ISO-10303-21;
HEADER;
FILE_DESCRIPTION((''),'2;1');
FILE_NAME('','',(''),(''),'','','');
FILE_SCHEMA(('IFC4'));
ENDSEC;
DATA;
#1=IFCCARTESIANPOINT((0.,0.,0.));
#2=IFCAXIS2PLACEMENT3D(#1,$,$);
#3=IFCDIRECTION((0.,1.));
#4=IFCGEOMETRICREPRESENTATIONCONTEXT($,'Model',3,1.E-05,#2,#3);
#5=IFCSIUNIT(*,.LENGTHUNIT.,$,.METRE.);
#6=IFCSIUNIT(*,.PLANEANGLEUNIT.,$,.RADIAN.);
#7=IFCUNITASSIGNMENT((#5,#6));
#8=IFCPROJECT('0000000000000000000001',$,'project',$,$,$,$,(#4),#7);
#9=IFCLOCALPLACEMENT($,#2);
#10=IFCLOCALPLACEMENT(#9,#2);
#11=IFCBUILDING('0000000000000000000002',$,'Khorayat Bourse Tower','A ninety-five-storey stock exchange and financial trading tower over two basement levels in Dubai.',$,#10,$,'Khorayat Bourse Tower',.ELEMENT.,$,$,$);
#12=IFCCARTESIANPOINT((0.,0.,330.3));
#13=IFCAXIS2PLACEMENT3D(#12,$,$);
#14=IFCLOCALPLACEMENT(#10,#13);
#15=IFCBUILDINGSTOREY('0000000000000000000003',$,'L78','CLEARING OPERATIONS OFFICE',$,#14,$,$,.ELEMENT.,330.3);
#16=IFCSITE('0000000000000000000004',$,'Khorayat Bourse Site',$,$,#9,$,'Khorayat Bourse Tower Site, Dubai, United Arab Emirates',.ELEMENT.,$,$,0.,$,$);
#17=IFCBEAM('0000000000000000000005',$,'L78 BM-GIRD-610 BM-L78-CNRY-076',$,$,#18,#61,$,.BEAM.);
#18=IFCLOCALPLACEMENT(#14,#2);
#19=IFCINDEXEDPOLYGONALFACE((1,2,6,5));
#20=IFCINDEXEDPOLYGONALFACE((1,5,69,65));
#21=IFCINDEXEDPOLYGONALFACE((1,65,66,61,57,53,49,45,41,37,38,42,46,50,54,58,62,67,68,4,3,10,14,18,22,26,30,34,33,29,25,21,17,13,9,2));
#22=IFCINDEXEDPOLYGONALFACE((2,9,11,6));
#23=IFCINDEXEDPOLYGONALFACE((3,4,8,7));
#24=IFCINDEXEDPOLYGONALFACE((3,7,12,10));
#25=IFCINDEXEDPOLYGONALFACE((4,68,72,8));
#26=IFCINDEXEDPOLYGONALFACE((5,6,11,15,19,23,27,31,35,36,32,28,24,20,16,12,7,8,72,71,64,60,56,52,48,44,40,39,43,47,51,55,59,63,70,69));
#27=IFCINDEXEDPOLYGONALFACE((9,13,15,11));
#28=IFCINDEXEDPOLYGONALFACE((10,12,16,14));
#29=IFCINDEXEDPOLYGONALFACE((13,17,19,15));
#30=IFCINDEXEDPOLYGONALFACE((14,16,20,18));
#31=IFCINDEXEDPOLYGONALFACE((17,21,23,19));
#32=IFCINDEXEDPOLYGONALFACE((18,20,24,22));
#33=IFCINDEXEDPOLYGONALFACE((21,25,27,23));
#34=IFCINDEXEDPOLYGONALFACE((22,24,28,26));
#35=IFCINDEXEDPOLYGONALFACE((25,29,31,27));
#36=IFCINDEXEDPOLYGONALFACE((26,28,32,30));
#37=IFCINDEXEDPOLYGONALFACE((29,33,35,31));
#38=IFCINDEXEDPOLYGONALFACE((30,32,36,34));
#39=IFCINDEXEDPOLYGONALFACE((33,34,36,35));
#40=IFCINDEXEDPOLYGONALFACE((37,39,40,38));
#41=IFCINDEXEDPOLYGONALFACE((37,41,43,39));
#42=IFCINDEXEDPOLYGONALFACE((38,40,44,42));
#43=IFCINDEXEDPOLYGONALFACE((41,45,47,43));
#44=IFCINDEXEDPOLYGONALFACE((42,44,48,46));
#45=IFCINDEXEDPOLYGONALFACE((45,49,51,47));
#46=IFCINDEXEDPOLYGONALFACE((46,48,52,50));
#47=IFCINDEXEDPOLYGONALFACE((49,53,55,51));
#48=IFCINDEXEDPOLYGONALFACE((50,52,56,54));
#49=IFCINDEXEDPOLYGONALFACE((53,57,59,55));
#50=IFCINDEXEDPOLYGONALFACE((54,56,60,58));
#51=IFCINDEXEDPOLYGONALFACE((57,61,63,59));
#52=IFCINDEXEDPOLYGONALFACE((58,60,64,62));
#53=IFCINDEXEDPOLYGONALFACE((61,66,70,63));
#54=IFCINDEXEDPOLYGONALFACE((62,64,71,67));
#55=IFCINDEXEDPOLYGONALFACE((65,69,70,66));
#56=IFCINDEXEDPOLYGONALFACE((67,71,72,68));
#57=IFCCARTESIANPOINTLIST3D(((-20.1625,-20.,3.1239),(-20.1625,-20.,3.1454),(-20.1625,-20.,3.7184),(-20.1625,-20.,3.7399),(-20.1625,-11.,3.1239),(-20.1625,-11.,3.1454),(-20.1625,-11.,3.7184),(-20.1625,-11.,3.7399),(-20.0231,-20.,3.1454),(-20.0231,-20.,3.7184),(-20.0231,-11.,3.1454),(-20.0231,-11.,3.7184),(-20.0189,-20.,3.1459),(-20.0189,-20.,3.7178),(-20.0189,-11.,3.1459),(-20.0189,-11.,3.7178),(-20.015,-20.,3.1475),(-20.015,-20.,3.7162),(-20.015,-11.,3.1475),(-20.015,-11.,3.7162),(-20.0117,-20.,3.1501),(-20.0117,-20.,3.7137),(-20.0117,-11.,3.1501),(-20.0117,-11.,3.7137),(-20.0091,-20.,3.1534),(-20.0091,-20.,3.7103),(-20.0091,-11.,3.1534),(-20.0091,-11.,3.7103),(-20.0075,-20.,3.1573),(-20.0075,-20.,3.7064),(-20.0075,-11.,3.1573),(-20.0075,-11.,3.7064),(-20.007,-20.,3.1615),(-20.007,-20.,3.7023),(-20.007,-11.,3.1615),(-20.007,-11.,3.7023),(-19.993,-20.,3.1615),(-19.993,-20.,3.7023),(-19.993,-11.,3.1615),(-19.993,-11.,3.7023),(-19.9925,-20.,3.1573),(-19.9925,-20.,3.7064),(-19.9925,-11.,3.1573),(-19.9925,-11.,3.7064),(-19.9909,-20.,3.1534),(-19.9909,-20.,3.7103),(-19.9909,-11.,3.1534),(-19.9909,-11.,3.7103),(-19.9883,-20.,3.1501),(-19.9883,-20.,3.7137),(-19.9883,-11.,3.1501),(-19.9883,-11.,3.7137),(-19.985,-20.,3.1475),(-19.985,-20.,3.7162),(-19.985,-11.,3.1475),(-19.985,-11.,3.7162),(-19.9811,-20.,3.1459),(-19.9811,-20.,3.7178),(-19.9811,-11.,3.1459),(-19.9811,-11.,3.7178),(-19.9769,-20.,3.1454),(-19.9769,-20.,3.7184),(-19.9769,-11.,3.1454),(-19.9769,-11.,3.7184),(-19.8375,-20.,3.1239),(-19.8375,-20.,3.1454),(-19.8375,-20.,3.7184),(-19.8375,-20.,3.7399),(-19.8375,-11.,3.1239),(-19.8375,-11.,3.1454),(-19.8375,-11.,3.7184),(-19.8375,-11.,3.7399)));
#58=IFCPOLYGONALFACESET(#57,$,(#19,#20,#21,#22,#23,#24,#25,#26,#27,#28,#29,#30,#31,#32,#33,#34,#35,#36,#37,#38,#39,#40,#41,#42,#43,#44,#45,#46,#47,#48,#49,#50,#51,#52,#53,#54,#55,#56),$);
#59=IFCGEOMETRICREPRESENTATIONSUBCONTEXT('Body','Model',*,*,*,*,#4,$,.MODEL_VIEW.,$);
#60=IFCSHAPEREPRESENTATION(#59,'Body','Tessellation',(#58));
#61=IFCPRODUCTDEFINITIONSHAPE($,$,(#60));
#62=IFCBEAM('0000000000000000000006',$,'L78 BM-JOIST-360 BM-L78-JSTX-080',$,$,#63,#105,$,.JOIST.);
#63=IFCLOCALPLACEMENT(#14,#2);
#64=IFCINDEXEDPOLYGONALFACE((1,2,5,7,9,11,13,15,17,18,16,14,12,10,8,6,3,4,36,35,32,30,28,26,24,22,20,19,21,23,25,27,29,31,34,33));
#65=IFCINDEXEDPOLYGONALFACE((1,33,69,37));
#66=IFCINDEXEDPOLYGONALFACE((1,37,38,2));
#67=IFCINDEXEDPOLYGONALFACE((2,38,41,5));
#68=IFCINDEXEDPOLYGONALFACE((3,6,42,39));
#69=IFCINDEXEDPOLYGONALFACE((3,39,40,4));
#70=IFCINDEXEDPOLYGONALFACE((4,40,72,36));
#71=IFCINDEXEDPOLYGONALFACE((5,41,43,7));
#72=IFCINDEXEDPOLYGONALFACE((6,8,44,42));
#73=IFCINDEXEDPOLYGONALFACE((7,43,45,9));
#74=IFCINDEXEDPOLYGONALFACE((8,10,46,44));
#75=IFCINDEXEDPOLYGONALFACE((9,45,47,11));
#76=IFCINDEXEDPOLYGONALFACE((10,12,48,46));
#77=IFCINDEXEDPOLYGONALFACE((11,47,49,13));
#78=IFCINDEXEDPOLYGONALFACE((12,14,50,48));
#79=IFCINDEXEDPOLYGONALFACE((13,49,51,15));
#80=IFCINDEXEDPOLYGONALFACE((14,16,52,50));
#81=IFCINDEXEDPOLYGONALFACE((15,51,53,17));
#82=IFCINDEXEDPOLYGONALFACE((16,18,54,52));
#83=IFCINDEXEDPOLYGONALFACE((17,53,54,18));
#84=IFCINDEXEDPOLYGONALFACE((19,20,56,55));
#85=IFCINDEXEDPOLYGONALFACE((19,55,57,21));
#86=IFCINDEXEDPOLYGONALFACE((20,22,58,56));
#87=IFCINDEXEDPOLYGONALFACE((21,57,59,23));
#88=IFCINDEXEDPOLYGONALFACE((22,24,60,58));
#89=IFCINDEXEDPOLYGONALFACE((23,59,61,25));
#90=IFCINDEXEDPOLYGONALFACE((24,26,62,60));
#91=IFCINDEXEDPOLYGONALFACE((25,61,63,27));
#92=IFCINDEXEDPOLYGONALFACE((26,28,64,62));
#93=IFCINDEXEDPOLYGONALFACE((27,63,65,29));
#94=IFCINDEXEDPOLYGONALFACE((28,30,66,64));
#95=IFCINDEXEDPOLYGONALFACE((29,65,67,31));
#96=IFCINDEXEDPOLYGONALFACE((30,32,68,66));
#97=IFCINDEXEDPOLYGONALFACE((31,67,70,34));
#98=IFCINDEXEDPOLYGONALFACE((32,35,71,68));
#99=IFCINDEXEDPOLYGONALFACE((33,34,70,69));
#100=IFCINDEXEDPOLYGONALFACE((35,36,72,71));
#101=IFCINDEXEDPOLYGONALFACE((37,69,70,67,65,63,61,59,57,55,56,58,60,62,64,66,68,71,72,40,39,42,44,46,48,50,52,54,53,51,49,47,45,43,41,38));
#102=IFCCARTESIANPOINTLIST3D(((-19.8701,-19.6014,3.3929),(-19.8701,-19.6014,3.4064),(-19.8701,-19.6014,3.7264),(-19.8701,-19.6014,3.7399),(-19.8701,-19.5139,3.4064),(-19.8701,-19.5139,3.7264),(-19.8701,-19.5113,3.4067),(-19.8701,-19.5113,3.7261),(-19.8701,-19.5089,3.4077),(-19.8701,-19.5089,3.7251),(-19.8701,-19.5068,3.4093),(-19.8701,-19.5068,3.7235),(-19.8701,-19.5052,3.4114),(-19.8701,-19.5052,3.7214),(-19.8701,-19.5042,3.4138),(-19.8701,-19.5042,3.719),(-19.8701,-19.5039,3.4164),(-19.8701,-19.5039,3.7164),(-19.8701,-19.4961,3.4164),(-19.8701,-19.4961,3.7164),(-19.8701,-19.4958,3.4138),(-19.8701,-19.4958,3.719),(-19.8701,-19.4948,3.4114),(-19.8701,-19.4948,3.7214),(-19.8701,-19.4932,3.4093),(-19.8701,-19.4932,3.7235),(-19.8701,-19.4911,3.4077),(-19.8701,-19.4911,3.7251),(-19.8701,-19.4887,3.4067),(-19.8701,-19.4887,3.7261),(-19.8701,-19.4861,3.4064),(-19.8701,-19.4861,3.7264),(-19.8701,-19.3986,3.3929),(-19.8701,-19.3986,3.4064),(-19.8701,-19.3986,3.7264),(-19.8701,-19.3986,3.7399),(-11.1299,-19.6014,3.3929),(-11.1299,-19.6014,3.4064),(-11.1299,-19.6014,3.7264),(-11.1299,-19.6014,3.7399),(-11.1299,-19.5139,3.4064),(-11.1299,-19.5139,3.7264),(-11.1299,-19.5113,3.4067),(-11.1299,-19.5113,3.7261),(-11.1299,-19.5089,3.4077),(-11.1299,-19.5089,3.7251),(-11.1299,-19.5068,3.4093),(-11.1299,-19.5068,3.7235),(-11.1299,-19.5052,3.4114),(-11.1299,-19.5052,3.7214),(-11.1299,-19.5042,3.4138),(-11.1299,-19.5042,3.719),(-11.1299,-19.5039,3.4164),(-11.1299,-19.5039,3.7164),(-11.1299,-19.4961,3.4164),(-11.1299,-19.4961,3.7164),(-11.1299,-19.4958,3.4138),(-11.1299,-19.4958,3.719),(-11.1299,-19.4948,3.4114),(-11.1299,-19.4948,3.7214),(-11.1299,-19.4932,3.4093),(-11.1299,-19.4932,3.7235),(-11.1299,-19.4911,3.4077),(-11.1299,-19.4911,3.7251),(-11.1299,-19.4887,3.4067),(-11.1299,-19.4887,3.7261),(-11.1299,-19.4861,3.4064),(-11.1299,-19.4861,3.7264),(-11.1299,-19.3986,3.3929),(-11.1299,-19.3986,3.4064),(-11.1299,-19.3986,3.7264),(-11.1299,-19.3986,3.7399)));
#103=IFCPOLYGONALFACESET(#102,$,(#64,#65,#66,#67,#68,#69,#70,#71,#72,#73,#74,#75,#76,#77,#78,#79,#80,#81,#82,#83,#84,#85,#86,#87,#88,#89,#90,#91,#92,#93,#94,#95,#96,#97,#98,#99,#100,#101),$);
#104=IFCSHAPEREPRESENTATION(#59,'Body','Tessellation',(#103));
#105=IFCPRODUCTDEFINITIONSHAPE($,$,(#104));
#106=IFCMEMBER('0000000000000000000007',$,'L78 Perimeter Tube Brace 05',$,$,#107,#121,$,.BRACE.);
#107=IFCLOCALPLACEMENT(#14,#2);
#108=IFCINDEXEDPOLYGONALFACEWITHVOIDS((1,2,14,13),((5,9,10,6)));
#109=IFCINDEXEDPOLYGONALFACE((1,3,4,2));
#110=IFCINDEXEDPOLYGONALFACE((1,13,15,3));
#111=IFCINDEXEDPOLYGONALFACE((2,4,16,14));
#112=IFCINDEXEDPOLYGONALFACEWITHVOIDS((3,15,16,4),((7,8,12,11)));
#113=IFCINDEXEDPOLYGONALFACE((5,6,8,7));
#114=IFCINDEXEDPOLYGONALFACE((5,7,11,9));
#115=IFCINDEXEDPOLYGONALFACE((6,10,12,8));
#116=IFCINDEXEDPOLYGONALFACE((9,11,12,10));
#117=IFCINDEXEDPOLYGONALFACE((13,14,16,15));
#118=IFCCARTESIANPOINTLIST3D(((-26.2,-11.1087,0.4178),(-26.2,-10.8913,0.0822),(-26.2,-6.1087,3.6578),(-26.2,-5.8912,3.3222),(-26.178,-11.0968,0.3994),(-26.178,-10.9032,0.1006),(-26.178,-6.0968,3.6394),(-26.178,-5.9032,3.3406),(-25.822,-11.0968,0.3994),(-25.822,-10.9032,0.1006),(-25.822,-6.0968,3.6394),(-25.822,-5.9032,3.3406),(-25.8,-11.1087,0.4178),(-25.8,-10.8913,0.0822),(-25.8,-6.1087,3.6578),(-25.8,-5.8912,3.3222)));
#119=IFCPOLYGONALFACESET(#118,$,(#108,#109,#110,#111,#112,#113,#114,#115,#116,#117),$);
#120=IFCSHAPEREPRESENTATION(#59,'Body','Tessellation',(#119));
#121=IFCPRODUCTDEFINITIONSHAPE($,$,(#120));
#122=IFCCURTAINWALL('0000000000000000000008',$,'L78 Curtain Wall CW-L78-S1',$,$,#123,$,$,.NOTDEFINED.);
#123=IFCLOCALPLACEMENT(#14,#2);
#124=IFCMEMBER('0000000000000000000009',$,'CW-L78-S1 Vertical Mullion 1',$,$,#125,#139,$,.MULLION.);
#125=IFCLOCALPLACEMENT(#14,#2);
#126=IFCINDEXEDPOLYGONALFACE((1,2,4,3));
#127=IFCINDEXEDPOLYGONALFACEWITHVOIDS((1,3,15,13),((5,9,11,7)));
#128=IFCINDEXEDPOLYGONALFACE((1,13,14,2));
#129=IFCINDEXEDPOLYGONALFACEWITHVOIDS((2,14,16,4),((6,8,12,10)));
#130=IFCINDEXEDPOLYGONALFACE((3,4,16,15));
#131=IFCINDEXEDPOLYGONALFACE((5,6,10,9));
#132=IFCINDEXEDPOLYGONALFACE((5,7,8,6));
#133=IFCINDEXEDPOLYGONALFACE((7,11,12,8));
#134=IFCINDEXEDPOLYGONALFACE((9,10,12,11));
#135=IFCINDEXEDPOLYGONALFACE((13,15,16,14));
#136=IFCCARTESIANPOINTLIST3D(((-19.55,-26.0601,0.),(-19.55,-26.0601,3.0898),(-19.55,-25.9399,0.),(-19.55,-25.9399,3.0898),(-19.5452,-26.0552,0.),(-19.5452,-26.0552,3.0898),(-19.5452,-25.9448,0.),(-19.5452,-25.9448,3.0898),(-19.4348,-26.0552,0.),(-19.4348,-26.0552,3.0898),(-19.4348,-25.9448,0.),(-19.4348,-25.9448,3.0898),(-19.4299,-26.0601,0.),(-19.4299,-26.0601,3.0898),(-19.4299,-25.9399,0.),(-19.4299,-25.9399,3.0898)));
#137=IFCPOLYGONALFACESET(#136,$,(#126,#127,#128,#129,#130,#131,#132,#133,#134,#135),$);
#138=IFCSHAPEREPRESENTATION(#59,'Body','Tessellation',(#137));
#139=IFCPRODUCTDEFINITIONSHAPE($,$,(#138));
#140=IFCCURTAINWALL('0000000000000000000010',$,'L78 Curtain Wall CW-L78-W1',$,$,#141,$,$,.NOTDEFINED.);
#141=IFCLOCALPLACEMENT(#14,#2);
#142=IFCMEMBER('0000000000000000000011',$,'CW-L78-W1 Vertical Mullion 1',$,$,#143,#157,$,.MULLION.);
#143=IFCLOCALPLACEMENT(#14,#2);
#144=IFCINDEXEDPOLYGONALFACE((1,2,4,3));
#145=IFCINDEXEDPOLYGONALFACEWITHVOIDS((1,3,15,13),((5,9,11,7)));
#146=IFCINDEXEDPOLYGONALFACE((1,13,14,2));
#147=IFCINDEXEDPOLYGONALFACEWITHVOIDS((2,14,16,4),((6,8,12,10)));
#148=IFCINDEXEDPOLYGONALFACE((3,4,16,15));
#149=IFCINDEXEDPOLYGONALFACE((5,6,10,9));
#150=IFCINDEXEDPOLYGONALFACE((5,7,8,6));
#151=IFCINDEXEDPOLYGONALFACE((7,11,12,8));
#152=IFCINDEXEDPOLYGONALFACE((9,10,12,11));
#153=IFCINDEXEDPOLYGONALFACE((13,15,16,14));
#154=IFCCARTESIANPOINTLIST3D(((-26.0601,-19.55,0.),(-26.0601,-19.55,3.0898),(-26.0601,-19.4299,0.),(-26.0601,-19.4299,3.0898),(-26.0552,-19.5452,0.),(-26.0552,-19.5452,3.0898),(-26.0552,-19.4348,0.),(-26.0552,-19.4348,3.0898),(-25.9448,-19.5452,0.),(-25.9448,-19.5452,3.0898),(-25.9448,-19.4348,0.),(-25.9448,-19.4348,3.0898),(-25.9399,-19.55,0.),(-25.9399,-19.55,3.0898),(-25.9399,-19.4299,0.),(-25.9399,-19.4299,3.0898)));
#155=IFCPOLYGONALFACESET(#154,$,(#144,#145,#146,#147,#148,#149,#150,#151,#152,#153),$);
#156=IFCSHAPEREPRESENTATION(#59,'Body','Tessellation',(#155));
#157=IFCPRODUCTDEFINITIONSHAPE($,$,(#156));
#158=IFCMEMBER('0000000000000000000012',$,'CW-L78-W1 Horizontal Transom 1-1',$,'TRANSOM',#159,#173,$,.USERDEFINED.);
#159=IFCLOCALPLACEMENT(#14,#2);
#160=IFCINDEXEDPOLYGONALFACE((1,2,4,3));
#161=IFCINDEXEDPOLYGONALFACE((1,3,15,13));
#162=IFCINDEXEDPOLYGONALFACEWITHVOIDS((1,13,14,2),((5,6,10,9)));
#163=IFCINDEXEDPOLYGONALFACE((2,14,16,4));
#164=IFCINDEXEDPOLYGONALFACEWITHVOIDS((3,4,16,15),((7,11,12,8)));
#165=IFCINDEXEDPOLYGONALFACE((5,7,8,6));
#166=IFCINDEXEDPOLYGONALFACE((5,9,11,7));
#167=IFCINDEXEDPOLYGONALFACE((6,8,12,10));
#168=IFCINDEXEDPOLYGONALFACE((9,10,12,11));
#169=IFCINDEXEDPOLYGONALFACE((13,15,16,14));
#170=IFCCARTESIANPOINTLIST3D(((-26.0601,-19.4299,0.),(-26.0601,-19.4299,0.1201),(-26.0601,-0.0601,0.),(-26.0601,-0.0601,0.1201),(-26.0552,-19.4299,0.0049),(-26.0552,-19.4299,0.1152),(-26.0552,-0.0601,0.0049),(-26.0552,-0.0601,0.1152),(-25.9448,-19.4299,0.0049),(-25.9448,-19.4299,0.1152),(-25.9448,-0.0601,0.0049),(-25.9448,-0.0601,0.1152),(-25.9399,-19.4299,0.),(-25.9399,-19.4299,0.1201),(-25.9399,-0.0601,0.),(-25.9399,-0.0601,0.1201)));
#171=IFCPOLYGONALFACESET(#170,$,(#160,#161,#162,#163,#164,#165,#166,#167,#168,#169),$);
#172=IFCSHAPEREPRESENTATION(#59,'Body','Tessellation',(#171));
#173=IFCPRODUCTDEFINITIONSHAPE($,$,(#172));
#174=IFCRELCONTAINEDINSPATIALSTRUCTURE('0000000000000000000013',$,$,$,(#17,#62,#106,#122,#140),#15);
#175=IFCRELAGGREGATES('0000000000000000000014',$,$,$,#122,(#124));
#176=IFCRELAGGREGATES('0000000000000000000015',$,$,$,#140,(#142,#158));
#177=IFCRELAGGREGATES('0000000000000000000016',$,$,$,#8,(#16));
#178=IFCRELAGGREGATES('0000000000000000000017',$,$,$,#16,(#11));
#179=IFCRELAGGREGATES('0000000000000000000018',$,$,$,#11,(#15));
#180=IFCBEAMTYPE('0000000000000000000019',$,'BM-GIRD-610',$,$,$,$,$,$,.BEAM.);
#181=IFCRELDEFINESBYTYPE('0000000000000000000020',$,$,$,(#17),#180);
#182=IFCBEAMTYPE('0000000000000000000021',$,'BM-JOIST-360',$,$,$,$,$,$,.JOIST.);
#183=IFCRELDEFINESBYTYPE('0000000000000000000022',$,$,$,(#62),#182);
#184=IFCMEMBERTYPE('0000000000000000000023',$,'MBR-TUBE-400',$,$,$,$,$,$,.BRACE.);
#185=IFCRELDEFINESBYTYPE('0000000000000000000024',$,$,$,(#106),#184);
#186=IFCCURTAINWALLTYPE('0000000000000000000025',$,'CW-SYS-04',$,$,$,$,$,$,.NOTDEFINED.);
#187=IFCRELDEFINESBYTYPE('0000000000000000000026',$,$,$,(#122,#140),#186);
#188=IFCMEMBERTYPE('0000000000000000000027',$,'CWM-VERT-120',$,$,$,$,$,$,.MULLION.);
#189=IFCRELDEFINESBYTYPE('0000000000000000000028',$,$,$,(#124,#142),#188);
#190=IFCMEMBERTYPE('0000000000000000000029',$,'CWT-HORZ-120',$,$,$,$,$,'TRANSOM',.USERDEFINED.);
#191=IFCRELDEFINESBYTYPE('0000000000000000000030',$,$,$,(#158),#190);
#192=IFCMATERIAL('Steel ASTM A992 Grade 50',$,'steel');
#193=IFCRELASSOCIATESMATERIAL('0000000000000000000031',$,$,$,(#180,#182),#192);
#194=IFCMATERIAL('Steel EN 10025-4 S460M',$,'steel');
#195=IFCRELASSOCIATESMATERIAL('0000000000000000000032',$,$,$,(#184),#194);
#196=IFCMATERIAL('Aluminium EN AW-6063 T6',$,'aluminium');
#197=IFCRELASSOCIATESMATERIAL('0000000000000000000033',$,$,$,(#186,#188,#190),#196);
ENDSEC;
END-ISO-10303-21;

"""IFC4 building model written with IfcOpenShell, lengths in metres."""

from ifc_helpers import new_model, si_unit, direction, frame, origin, origin_2d, place, context, subcontext, project, spatial, hollow_rectangle, i_section, extrude, source, transform, mapped, material, material_profile, profile_set, type_object, element, aggregate, save


model = new_model("IFC4")

# Units and contexts
model_context = context("Model", 3, precision=1e-05, world=origin(), true_north=direction((0.0, 1.0)))
body_context = subcontext(model_context, "Body", "Model", "MODEL_VIEW")
ifc_project = project(units=[si_unit("LENGTHUNIT", "METRE"), si_unit("PLANEANGLEUNIT", "RADIAN")], contexts=[model_context])

# Site, building, storey
site_placement = place(None, origin())
site = spatial("IfcSite", under=ifc_project, at=site_placement, Name="Khorayat Bourse Site", LongName="Khorayat Bourse Tower Site, Dubai, United Arab Emirates", CompositionType="ELEMENT", RefElevation=0.0)
building_placement = place(site_placement, origin())
building = spatial("IfcBuilding", under=site, at=building_placement, Name="Khorayat Bourse Tower", Description="A ninety-five-storey stock exchange and financial trading tower over two basement levels in Dubai.", LongName="Khorayat Bourse Tower", CompositionType="ELEMENT")
storey_placement = place(building_placement, frame((0.0, 0.0, 330.3)))
storey = spatial("IfcBuildingStorey", under=building, at=storey_placement, Name="L78", Description="CLEARING OPERATIONS OFFICE", CompositionType="ELEMENT", Elevation=330.3)

# Beams
ifc_material_1 = material(Name="Steel ASTM A992 Grade 50", Category="steel")
ifc_material_profile_1 = material_profile(ifc_material_1, i_section(OverallWidth=0.325, OverallDepth=0.616, WebThickness=0.0139, FlangeThickness=0.0215, FilletRadius=0.0161, at=origin_2d()), Name="W610X174")
ifc_profile_set_1 = profile_set([ifc_material_profile_1], Name="Steel ASTM A992 Grade 50")
beam_type_1 = type_object("IfcBeamType", Name="BM-GIRD-610", PredefinedType="BEAM", material=ifc_profile_set_1)
shared_shape_1 = source(origin(), body_context, "Body", "SweptSolid", [
    extrude(i_section(OverallWidth=0.325, OverallDepth=0.616, WebThickness=0.0139, FlangeThickness=0.0215, FilletRadius=0.0161, at=origin_2d()), origin(), (0.0, 0.0, 1.0), 9.0),
])
beam_1_placement = place(storey_placement, frame((-20.0, -20.0, 3.4319), z_axis=(0.0, 1.0, 0.0), x_axis=(-1.0, 0.0, 0.0)))
element("IfcBeam", 1, at=beam_1_placement, inside=storey, type_object=beam_type_1, Name="L78 BM-GIRD-610 BM-L78-CNRY-076", PredefinedType="BEAM", context=body_context, shape_type="MappedRepresentation", body=[
    mapped(shared_shape_1, transform((0.0, 0.0, 0.0), scale=1.0)),
])
ifc_material_profile_2 = material_profile(ifc_material_1, i_section(OverallWidth=0.2029, OverallDepth=0.3469, WebThickness=0.0078, FlangeThickness=0.0134, FilletRadius=0.01, at=origin_2d()), Name="W360X64")
ifc_profile_set_2 = profile_set([ifc_material_profile_2], Name="Steel ASTM A992 Grade 50")
beam_type_2 = type_object("IfcBeamType", Name="BM-JOIST-360", PredefinedType="JOIST", material=ifc_profile_set_2)
shared_shape_2 = source(origin(), body_context, "Body", "SweptSolid", [
    extrude(i_section(OverallWidth=0.2029, OverallDepth=0.3469, WebThickness=0.0078, FlangeThickness=0.0134, FilletRadius=0.01, at=origin_2d()), origin(), (0.0, 0.0, 1.0), 8.7402),
])
beam_2_placement = place(storey_placement, frame((-19.8701, -19.5, 3.5664), z_axis=(1.0, 0.0, 0.0), x_axis=(0.0, 1.0, 0.0)))
element("IfcBeam", 2, at=beam_2_placement, inside=storey, type_object=beam_type_2, Name="L78 BM-JOIST-360 BM-L78-JSTX-080", PredefinedType="JOIST", context=body_context, shape_type="MappedRepresentation", body=[
    mapped(shared_shape_2, transform((0.0, 0.0, 0.0), scale=1.0)),
])

# Member
ifc_material_2 = material(Name="Steel EN 10025-4 S460M", Category="steel")
ifc_material_profile_3 = material_profile(ifc_material_2, hollow_rectangle(XDim=0.3999, YDim=0.3999, WallThickness=0.022, at=origin_2d()), Name="HSS 400x400x22")
ifc_profile_set_3 = profile_set([ifc_material_profile_3], Name="Steel EN 10025-4 S460M")
member_type_1 = type_object("IfcMemberType", Name="MBR-TUBE-400", PredefinedType="BRACE", material=ifc_profile_set_3)
shared_shape_3 = source(origin(), body_context, "Body", "SweptSolid", [
    extrude(hollow_rectangle(XDim=0.3999, YDim=0.3999, WallThickness=0.022, at=origin_2d()), origin(), (0.0, 0.0, 1.0), 5.958),
])
member_1_placement = place(storey_placement, frame((-26.0, -11.0, 0.25), z_axis=(0.0, 0.83921, 0.543807), x_axis=(-1.0, 0.0, 0.0)))
element("IfcMember", 3, at=member_1_placement, inside=storey, type_object=member_type_1, Name="L78 Perimeter Tube Brace 05", PredefinedType="BRACE", context=body_context, shape_type="MappedRepresentation", body=[
    mapped(shared_shape_3, transform((0.0, 0.0, 0.0), scale=1.0)),
])

# Curtain wall, member
ifc_material_3 = material(Name="Aluminium EN AW-6063 T6", Category="aluminium")
curtain_wall_type = type_object("IfcCurtainWallType", Name="CW-SYS-04", PredefinedType="NOTDEFINED", material=ifc_material_3)
curtain_wall_1_placement = place(storey_placement, origin())
curtain_wall_1 = element("IfcCurtainWall", 4, at=curtain_wall_1_placement, inside=storey, type_object=curtain_wall_type, Name="L78 Curtain Wall CW-L78-S1", PredefinedType="NOTDEFINED")
ifc_material_profile_4 = material_profile(ifc_material_3, hollow_rectangle(XDim=0.1201, YDim=0.1201, WallThickness=0.0049, at=origin_2d()), Name="ALU 120x120x5")
ifc_profile_set_4 = profile_set([ifc_material_profile_4], Name="Aluminium EN AW-6063 T6")
member_type_2 = type_object("IfcMemberType", Name="CWM-VERT-120", PredefinedType="MULLION", material=ifc_profile_set_4)
shared_shape_4 = source(origin(), body_context, "Body", "SweptSolid", [
    extrude(hollow_rectangle(XDim=0.1201, YDim=0.1201, WallThickness=0.0049, at=origin_2d()), origin(), (0.0, 0.0, 1.0), 3.0898),
])
member_2_placement = place(storey_placement, frame((-19.49, -26.0, 0.0), z_axis=(0.0, 0.0, 1.0), x_axis=(0.0, 1.0, 0.0)))
member_2 = element("IfcMember", 5, at=member_2_placement, type_object=member_type_2, Name="CW-L78-S1 Vertical Mullion 1", PredefinedType="MULLION", context=body_context, shape_type="MappedRepresentation", body=[
    mapped(shared_shape_4, transform((0.0, 0.0, 0.0), scale=1.0)),
])
aggregate(curtain_wall_1, [member_2])

# Curtain wall, members
curtain_wall_2_placement = place(storey_placement, origin())
curtain_wall_2 = element("IfcCurtainWall", 6, at=curtain_wall_2_placement, inside=storey, type_object=curtain_wall_type, Name="L78 Curtain Wall CW-L78-W1", PredefinedType="NOTDEFINED")
member_3_placement = place(storey_placement, frame((-26.0, -19.49, 0.0), z_axis=(0.0, 0.0, 1.0), x_axis=(-1.0, 0.0, 0.0)))
member_3 = element("IfcMember", 7, at=member_3_placement, type_object=member_type_2, Name="CW-L78-W1 Vertical Mullion 1", PredefinedType="MULLION", context=body_context, shape_type="MappedRepresentation", body=[
    mapped(shared_shape_4, transform((0.0, 0.0, 0.0), scale=1.0)),
])
ifc_material_profile_5 = material_profile(ifc_material_3, hollow_rectangle(XDim=0.1201, YDim=0.1201, WallThickness=0.0049, at=origin_2d()), Name="ALU 120x120x5")
ifc_profile_set_5 = profile_set([ifc_material_profile_5], Name="Aluminium EN AW-6063 T6")
member_type_3 = type_object("IfcMemberType", Name="CWT-HORZ-120", ElementType="TRANSOM", PredefinedType="USERDEFINED", material=ifc_profile_set_5)
shared_shape_5 = source(origin(), body_context, "Body", "SweptSolid", [
    extrude(hollow_rectangle(XDim=0.1201, YDim=0.1201, WallThickness=0.0049, at=origin_2d()), origin(), (0.0, 0.0, 1.0), 19.3699),
])
member_4_placement = place(storey_placement, frame((-26.0, -19.4299, 0.0601), z_axis=(0.0, 1.0, 0.0), x_axis=(-1.0, 0.0, 0.0)))
member_4 = element("IfcMember", 8, at=member_4_placement, type_object=member_type_3, Name="CW-L78-W1 Horizontal Transom 1-1", ObjectType="TRANSOM", PredefinedType="USERDEFINED", context=body_context, shape_type="MappedRepresentation", body=[
    mapped(shared_shape_5, transform((0.0, 0.0, 0.0), scale=1.0)),
])
aggregate(curtain_wall_2, [member_3, member_4])

save(model, "model.ifc")
